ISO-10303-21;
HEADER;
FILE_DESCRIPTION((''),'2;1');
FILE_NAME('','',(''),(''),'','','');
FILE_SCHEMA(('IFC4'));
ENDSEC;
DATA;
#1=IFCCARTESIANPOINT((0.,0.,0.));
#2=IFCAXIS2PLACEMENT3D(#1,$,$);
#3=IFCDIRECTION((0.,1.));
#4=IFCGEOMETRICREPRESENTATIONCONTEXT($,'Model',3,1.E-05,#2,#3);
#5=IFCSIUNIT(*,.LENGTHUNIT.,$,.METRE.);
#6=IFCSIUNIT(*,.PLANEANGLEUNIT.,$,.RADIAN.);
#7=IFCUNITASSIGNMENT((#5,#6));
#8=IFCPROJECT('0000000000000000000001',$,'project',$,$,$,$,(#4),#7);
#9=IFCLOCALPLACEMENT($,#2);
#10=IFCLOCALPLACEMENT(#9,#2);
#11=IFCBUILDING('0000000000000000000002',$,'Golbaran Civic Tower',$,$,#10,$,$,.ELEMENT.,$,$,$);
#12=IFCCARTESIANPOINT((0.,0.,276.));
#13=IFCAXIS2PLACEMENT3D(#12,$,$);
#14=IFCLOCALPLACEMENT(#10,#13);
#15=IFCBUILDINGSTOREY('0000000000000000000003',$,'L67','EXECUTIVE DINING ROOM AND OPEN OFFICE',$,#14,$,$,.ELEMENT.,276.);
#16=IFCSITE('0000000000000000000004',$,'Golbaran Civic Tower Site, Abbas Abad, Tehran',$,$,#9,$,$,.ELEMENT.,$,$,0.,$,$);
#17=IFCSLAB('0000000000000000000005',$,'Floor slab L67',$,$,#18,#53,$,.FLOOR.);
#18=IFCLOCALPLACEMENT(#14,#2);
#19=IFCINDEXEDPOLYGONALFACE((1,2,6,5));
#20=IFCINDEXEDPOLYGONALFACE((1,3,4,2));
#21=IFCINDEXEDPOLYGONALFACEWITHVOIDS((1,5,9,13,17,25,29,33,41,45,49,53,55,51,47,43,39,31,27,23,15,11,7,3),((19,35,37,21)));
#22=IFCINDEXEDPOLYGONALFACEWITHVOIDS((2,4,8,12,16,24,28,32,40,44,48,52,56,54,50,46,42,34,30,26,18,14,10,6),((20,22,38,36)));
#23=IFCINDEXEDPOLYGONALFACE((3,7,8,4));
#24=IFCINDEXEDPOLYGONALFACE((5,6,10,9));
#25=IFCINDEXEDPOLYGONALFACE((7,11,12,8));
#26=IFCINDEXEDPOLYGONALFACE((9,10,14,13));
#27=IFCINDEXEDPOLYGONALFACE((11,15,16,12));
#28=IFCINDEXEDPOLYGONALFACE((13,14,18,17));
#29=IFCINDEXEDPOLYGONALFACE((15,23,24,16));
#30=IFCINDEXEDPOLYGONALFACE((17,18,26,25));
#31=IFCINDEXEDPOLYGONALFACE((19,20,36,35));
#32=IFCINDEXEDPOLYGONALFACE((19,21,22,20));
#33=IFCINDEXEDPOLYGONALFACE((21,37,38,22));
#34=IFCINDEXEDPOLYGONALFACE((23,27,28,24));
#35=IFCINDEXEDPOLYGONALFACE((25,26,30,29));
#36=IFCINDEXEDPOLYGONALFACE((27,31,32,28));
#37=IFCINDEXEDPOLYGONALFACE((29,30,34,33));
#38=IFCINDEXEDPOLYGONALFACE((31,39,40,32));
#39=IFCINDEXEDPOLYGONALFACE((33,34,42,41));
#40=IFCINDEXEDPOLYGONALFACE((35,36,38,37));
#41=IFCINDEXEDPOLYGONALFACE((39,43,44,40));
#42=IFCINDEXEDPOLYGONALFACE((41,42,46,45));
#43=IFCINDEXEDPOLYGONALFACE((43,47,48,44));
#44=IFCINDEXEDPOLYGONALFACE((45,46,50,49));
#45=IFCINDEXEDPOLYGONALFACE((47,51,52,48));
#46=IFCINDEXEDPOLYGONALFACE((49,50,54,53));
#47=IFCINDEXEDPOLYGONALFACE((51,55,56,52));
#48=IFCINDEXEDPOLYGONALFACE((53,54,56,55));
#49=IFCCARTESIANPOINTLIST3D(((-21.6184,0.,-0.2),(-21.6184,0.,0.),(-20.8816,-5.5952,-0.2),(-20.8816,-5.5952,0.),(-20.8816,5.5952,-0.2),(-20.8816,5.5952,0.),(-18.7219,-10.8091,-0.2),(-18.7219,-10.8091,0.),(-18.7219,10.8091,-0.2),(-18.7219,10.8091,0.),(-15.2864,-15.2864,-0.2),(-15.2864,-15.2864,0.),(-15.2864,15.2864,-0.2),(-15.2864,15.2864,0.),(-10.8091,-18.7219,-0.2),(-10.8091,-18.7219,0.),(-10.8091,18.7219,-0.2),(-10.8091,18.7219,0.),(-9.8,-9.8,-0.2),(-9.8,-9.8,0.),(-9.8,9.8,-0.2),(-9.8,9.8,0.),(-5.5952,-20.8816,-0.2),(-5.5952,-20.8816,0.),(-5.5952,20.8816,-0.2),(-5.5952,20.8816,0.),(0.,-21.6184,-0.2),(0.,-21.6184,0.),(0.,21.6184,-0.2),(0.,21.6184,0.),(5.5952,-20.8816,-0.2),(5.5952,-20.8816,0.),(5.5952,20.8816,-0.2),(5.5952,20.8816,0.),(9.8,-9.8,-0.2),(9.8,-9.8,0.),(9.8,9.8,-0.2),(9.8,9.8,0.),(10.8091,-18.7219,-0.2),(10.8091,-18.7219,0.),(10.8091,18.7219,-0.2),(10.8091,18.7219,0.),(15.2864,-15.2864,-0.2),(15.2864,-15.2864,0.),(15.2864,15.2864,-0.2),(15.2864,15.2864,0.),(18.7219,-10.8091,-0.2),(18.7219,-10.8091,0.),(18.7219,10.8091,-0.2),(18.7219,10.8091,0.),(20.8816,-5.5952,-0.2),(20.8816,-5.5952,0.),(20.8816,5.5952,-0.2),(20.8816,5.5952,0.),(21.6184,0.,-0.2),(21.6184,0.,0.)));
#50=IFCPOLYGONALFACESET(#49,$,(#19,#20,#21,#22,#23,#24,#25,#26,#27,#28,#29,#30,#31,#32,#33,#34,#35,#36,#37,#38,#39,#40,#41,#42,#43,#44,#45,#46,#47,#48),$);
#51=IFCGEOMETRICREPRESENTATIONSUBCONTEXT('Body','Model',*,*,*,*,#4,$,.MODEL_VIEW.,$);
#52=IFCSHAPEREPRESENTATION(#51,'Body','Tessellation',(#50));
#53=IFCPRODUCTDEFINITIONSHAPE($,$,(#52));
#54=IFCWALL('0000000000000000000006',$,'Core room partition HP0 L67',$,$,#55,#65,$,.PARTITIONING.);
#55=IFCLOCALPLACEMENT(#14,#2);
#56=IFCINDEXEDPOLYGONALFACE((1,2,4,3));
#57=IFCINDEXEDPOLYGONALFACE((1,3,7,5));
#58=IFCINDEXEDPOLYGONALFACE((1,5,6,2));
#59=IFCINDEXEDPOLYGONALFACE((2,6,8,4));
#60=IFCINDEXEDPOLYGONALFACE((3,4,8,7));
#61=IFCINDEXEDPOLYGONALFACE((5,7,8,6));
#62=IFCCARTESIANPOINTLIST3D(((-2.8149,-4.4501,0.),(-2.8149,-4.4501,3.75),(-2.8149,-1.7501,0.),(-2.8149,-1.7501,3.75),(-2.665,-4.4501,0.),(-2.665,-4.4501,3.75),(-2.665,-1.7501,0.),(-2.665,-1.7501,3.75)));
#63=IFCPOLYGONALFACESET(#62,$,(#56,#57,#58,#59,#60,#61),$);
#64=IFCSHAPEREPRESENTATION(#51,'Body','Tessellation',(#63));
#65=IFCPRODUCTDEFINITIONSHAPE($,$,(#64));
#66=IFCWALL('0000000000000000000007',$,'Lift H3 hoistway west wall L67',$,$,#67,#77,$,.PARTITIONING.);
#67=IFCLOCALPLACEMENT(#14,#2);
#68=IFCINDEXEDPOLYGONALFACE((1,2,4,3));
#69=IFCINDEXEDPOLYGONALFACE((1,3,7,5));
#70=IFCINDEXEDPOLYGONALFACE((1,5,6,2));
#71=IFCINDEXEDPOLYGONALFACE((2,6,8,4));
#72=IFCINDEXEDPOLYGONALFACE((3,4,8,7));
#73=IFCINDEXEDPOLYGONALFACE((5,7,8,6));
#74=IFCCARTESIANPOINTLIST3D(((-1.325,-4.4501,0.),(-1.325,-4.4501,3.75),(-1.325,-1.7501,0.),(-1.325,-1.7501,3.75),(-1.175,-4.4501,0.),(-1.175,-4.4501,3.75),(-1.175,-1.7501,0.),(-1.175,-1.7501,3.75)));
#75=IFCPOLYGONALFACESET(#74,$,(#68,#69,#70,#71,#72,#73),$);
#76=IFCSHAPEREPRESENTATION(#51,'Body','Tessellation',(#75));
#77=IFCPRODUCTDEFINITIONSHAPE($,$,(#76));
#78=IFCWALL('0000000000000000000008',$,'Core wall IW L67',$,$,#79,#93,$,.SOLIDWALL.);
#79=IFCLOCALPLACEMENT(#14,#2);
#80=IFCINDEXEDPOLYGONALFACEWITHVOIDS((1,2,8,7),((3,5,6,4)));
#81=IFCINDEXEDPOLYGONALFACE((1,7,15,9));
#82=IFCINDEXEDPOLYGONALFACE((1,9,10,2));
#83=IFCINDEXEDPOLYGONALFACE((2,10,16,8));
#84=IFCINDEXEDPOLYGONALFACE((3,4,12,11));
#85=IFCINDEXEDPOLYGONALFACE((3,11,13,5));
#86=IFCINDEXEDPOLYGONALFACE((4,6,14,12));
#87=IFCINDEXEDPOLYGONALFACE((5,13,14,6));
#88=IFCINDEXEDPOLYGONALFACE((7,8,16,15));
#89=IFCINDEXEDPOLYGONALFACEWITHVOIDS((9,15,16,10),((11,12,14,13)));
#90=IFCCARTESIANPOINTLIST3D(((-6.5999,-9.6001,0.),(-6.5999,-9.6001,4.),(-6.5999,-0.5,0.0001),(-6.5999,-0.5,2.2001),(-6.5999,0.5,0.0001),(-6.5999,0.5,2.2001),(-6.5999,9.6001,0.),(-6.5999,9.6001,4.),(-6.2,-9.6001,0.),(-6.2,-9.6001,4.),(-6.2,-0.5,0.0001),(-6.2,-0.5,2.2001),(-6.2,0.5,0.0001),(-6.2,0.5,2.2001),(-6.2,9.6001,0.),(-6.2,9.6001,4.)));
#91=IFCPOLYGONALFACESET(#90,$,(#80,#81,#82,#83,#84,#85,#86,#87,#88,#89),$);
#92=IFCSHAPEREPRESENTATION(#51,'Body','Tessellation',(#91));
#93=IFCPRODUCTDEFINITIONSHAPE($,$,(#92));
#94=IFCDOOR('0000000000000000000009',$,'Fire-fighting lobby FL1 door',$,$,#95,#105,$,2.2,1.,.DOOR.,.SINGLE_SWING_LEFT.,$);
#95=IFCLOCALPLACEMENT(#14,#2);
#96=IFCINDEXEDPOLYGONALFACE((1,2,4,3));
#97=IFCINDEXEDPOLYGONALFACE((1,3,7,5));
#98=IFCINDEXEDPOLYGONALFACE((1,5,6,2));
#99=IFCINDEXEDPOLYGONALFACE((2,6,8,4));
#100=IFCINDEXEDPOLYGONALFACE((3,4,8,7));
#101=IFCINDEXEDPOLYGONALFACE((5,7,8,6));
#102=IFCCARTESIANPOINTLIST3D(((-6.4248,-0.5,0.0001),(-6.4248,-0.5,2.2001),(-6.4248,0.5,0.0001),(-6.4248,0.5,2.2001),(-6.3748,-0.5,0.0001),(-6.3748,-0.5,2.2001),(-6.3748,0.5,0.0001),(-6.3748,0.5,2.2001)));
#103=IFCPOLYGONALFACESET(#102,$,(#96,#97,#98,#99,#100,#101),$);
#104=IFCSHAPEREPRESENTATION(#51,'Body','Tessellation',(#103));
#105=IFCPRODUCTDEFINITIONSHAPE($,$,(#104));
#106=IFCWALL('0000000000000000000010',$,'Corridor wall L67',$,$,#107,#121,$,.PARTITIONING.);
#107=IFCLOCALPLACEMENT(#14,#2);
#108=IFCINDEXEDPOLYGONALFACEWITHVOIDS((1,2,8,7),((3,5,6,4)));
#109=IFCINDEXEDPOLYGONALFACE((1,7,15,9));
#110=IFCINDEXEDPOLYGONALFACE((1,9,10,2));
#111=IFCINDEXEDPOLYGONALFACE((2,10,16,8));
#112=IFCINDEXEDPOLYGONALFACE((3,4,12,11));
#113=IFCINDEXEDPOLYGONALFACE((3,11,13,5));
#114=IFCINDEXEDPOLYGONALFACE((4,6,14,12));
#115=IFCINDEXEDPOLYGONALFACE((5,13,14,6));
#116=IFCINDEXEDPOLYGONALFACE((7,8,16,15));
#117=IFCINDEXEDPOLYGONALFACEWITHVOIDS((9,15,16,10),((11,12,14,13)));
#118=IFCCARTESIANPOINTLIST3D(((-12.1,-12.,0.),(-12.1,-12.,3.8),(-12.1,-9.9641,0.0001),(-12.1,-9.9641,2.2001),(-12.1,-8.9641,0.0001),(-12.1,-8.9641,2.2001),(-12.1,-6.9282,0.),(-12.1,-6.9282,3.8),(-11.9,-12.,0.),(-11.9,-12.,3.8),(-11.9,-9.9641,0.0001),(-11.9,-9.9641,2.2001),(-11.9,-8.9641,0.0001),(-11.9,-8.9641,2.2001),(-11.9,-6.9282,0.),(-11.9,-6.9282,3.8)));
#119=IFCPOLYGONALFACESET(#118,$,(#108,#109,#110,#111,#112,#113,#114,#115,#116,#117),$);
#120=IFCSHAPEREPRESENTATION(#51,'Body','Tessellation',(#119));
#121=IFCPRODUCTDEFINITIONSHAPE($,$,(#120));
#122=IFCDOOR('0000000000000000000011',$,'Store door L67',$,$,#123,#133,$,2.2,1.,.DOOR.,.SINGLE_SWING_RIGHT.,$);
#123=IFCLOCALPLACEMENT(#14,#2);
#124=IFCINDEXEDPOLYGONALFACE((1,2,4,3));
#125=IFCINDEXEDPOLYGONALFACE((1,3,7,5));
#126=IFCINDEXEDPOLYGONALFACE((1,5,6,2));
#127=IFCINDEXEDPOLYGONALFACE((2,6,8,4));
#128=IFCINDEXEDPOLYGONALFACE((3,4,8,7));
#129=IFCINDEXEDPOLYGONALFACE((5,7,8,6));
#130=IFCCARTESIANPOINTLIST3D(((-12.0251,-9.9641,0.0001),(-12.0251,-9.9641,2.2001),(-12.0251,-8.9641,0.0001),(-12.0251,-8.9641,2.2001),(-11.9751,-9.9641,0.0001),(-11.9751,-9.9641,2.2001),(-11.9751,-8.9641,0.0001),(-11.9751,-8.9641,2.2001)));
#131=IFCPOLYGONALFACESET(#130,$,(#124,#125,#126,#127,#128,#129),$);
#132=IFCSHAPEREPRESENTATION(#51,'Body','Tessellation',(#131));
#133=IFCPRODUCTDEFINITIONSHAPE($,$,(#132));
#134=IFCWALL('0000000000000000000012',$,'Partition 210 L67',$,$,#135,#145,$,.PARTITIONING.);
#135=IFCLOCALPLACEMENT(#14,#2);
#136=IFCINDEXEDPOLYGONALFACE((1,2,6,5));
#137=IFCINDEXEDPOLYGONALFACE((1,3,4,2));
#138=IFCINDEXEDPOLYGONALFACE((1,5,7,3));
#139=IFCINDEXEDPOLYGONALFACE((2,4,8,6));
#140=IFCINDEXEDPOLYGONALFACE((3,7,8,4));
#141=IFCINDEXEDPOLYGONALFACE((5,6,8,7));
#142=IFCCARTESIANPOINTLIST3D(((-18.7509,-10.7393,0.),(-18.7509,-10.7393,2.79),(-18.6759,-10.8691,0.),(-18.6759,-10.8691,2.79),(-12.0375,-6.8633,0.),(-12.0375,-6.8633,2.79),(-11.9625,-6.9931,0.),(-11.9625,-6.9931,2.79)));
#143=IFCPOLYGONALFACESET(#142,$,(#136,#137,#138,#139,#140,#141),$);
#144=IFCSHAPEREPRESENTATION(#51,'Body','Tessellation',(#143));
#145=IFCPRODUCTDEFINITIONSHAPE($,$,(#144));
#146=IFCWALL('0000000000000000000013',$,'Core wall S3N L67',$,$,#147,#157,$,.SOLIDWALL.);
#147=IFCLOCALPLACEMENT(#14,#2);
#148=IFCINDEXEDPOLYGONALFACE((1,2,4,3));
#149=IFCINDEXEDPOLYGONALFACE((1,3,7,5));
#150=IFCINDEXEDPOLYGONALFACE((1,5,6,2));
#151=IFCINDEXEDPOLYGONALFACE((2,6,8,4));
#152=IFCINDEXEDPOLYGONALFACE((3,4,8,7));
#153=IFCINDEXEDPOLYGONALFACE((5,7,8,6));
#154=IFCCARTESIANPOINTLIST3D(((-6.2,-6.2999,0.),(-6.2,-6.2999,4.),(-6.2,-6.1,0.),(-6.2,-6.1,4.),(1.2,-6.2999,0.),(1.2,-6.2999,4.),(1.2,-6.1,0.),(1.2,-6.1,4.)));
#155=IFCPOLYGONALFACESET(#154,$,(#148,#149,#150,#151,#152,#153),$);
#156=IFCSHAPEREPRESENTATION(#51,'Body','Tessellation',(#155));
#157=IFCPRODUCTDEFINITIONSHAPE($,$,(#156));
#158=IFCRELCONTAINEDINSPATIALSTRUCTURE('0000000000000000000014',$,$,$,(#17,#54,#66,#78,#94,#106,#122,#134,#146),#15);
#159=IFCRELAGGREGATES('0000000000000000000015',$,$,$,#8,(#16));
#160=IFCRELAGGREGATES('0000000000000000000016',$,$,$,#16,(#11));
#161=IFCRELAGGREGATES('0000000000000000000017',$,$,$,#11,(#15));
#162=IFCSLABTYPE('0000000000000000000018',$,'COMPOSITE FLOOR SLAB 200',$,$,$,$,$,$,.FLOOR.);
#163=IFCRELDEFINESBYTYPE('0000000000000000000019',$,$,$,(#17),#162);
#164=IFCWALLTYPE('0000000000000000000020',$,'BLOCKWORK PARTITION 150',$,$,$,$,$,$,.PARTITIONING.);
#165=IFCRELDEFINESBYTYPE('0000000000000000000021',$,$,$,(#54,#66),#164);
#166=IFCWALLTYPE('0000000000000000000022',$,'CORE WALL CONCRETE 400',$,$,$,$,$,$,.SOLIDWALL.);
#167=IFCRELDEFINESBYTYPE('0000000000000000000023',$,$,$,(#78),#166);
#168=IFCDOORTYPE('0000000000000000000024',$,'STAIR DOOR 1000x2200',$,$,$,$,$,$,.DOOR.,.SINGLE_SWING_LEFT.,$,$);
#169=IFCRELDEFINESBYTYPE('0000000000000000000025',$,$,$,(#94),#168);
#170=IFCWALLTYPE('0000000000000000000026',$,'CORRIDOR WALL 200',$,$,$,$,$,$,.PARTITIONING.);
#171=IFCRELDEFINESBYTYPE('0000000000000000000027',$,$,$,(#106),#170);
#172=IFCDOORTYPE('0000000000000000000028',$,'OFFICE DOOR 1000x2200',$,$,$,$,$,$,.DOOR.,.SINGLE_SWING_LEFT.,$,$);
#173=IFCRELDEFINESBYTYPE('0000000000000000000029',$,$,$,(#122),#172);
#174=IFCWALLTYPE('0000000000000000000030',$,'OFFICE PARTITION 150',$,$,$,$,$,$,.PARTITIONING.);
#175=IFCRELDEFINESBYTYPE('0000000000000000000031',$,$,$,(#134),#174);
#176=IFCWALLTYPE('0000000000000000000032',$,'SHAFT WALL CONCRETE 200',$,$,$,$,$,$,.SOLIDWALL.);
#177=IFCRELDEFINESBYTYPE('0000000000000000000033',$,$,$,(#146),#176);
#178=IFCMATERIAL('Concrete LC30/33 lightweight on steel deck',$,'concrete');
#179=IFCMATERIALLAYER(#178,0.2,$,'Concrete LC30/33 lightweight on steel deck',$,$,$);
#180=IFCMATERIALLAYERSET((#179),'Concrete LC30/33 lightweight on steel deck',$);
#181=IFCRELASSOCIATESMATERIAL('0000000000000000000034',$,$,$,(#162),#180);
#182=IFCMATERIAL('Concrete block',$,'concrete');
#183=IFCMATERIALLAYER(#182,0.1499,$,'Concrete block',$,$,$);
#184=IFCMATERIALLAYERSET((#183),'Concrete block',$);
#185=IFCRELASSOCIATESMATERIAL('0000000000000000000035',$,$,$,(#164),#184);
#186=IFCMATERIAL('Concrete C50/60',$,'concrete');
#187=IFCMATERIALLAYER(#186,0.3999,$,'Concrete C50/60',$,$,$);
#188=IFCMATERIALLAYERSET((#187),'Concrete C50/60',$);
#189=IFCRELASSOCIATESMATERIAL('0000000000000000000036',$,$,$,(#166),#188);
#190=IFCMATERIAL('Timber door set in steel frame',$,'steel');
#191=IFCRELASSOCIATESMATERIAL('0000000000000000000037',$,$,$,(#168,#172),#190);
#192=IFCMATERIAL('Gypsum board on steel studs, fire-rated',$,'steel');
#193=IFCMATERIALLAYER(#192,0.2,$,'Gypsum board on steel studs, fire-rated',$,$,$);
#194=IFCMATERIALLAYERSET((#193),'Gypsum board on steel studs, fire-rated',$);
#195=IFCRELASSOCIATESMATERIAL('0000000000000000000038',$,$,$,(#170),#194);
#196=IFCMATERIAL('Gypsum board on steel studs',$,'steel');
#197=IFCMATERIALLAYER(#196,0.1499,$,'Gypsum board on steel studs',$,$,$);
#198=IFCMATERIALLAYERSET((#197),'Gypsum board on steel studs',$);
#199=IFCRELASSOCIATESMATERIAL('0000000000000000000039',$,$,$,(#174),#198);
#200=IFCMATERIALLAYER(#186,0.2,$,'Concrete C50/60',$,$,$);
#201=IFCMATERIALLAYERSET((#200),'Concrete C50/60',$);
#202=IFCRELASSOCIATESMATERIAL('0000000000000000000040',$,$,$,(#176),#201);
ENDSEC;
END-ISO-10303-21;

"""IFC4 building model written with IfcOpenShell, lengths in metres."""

from ifc_helpers import new_model, si_unit, direction, frame, frame_2d, origin, place, context, subcontext, project, spatial, polyline, rectangle, outline, extrude, material, layer, layer_set, type_object, element, fill, save


model = new_model("IFC4")

# Units and contexts
model_context = context("Model", 3, precision=1e-05, world=origin(), true_north=direction((0.0, 1.0)))
body_context = subcontext(model_context, "Body", "Model", "MODEL_VIEW")
ifc_project = project(units=[si_unit("LENGTHUNIT", "METRE"), si_unit("PLANEANGLEUNIT", "RADIAN")], contexts=[model_context])

# Site, building, storey
site_placement = place(None, origin())
site = spatial("IfcSite", under=ifc_project, at=site_placement, Name="Golbaran Civic Tower Site, Abbas Abad, Tehran", CompositionType="ELEMENT", RefElevation=0.0)
building_placement = place(site_placement, origin())
building = spatial("IfcBuilding", under=site, at=building_placement, Name="Golbaran Civic Tower", CompositionType="ELEMENT")
storey_placement = place(building_placement, frame((0.0, 0.0, 276.0)))
storey = spatial("IfcBuildingStorey", under=building, at=storey_placement, Name="L67", Description="EXECUTIVE DINING ROOM AND OPEN OFFICE", CompositionType="ELEMENT", Elevation=276.0)

# Slab
ifc_material_1 = material(Name="Concrete LC30/33 lightweight on steel deck", Category="concrete")
ifc_layer_1 = layer(ifc_material_1, 0.2, Name="Concrete LC30/33 lightweight on steel deck")
ifc_layer_set_1 = layer_set([ifc_layer_1], Name="Concrete LC30/33 lightweight on steel deck")
slab_type = type_object("IfcSlabType", Name="COMPOSITE FLOOR SLAB 200", PredefinedType="FLOOR", material=ifc_layer_set_1)
slab_placement = place(storey_placement, frame((0.0, 0.0, -0.2)))
element("IfcSlab", 1, at=slab_placement, inside=storey, type_object=slab_type, Name="Floor slab L67", PredefinedType="FLOOR", context=body_context, shape_type="SweptSolid", body=[
    extrude(outline(polyline([(18.7219, -10.8091), (15.2864, -15.2864), (10.8091, -18.7219), (5.5952, -20.8816), (0.0, -21.6184), (-5.5952, -20.8816), (-10.8091, -18.7219), (-15.2864, -15.2864), (-18.7219, -10.8091), (-20.8816, -5.5952), (-21.6184, 0.0), (-20.8816, 5.5952), (-18.7219, 10.8091), (-15.2864, 15.2864), (-10.8091, 18.7219), (-5.5952, 20.8816), (0.0, 21.6184), (5.5952, 20.8816), (10.8091, 18.7219), (15.2864, 15.2864), (18.7219, 10.8091), (20.8816, 5.5952), (21.6184, 0.0), (20.8816, -5.5952), (18.7219, -10.8091)]), holes=[polyline([(-9.8, 9.8), (-9.8, -9.8), (9.8, -9.8), (9.8, 9.8), (-9.8, 9.8)])]), origin(), (0.0, 0.0, 1.0), 0.2),
])

# Walls
ifc_material_2 = material(Name="Concrete block", Category="concrete")
ifc_layer_2 = layer(ifc_material_2, 0.1499, Name="Concrete block")
ifc_layer_set_2 = layer_set([ifc_layer_2], Name="Concrete block")
wall_type_1 = type_object("IfcWallType", Name="BLOCKWORK PARTITION 150", PredefinedType="PARTITIONING", material=ifc_layer_set_2)
for number, where, z_axis, x_axis, name in (
    (2, (-2.74, -1.75, 0.0), (0.0, 0.0, 1.0), (0.0, -1.0, 0.0), "Core room partition HP0 L67"),
    (3, (-1.25, -1.75, 0.0), (0.0, 0.0, 1.0), (0.0, -1.0, 0.0), "Lift H3 hoistway west wall L67"),
):
    element("IfcWall", number, at=place(storey_placement, frame(where, z_axis=z_axis, x_axis=x_axis)), inside=storey, type_object=wall_type_1, Name=name, PredefinedType="PARTITIONING", context=body_context, shape_type="SweptSolid", body=[
        extrude(rectangle(XDim=2.7, YDim=0.1499, at=frame_2d((1.3501, 0.0))), origin(), (0.0, 0.0, 1.0), 3.75),
    ])

# Walls, openings, doors
ifc_material_3 = material(Name="Concrete C50/60", Category="concrete")
ifc_layer_3 = layer(ifc_material_3, 0.3999, Name="Concrete C50/60")
ifc_layer_set_3 = layer_set([ifc_layer_3], Name="Concrete C50/60")
wall_type_2 = type_object("IfcWallType", Name="CORE WALL CONCRETE 400", PredefinedType="SOLIDWALL", material=ifc_layer_set_3)
wall_1_placement = place(storey_placement, frame((-6.3999, -9.6001, 0.0), z_axis=(0.0, 0.0, 1.0), x_axis=(0.0, 1.0, 0.0)))
wall_1 = element("IfcWall", 4, at=wall_1_placement, inside=storey, type_object=wall_type_2, Name="Core wall IW L67", PredefinedType="SOLIDWALL", context=body_context, shape_type="SweptSolid", body=[
    extrude(rectangle(XDim=19.2002, YDim=0.3999, at=frame_2d((9.6001, 0.0))), origin(), (0.0, 0.0, 1.0), 4.0),
])
opening_1_placement = place(wall_1_placement, frame((9.1001, 0.0, 0.0)))
opening_1 = element("IfcOpeningElement", 5, at=opening_1_placement, cuts=wall_1, PredefinedType="OPENING", context=body_context, shape_type="SweptSolid", body=[
    extrude(rectangle(XDim=1.0, YDim=2.2, at=frame_2d((0.5, 1.1001))), frame((0.0, 0.21, 0.0), z_axis=(0.0, -1.0, 0.0), x_axis=(1.0, 0.0, 0.0)), (0.0, 0.0, 1.0), 0.4199),
])
ifc_material_4 = material(Name="Timber door set in steel frame", Category="steel")
door_type_1 = type_object("IfcDoorType", Name="STAIR DOOR 1000x2200", OperationType="SINGLE_SWING_LEFT", PredefinedType="DOOR", material=ifc_material_4)
door_1_placement = place(opening_1_placement, origin())
door_1 = element("IfcDoor", 6, at=door_1_placement, inside=storey, type_object=door_type_1, Name="Fire-fighting lobby FL1 door", OperationType="SINGLE_SWING_LEFT", OverallHeight=2.2, OverallWidth=1.0, PredefinedType="DOOR", context=body_context, shape_type="SweptSolid", body=[
    extrude(rectangle(XDim=1.0, YDim=2.2, at=frame_2d((0.5, 1.1001))), frame((0.0, 0.0249, 0.0), z_axis=(0.0, -1.0, 0.0), x_axis=(1.0, 0.0, 0.0)), (0.0, 0.0, 1.0), 0.05),
])
fill(opening_1, door_1)
ifc_material_5 = material(Name="Gypsum board on steel studs, fire-rated", Category="steel")
ifc_layer_4 = layer(ifc_material_5, 0.2, Name="Gypsum board on steel studs, fire-rated")
ifc_layer_set_4 = layer_set([ifc_layer_4], Name="Gypsum board on steel studs, fire-rated")
wall_type_3 = type_object("IfcWallType", Name="CORRIDOR WALL 200", PredefinedType="PARTITIONING", material=ifc_layer_set_4)
wall_2_placement = place(storey_placement, frame((-12.0, -6.9282, 0.0), z_axis=(0.0, 0.0, 1.0), x_axis=(0.0, -1.0, 0.0)))
wall_2 = element("IfcWall", 7, at=wall_2_placement, inside=storey, type_object=wall_type_3, Name="Corridor wall L67", PredefinedType="PARTITIONING", context=body_context, shape_type="SweptSolid", body=[
    extrude(rectangle(XDim=5.0718, YDim=0.2, at=frame_2d((2.5359, 0.0))), origin(), (0.0, 0.0, 1.0), 3.8),
])
opening_2_placement = place(wall_2_placement, frame((2.0359, 0.0, 0.0)))
opening_2 = element("IfcOpeningElement", 8, at=opening_2_placement, cuts=wall_2, PredefinedType="OPENING", context=body_context, shape_type="SweptSolid", body=[
    extrude(rectangle(XDim=1.0, YDim=2.2, at=frame_2d((0.5, 1.1001))), frame((0.0, 0.1099, 0.0), z_axis=(0.0, -1.0, 0.0), x_axis=(1.0, 0.0, 0.0)), (0.0, 0.0, 1.0), 0.22),
])
door_type_2 = type_object("IfcDoorType", Name="OFFICE DOOR 1000x2200", OperationType="SINGLE_SWING_LEFT", PredefinedType="DOOR", material=ifc_material_4)
door_2_placement = place(opening_2_placement, origin())
door_2 = element("IfcDoor", 9, at=door_2_placement, inside=storey, type_object=door_type_2, Name="Store door L67", OperationType="SINGLE_SWING_RIGHT", OverallHeight=2.2, OverallWidth=1.0, PredefinedType="DOOR", context=body_context, shape_type="SweptSolid", body=[
    extrude(rectangle(XDim=1.0, YDim=2.2, at=frame_2d((0.5, 1.1001))), frame((0.0, 0.0249, 0.0), z_axis=(0.0, -1.0, 0.0), x_axis=(1.0, 0.0, 0.0)), (0.0, 0.0, 1.0), 0.05),
])
fill(opening_2, door_2)

# Walls
ifc_material_6 = material(Name="Gypsum board on steel studs", Category="steel")
ifc_layer_5 = layer(ifc_material_6, 0.1499, Name="Gypsum board on steel studs")
ifc_layer_set_5 = layer_set([ifc_layer_5], Name="Gypsum board on steel studs")
wall_type_4 = type_object("IfcWallType", Name="OFFICE PARTITION 150", PredefinedType="PARTITIONING", material=ifc_layer_set_5)
wall_3_placement = place(storey_placement, frame((-12.0, -6.9282, 0.0), z_axis=(0.0, 0.0, 1.0), x_axis=(-0.866025, -0.500001, 0.0)))
element("IfcWall", 10, at=wall_3_placement, inside=storey, type_object=wall_type_4, Name="Partition 210 L67", PredefinedType="PARTITIONING", context=body_context, shape_type="SweptSolid", body=[
    extrude(rectangle(XDim=7.752, YDim=0.1499, at=frame_2d((3.876, 0.0))), origin(), (0.0, 0.0, 1.0), 2.79),
])
ifc_layer_6 = layer(ifc_material_3, 0.2, Name="Concrete C50/60")
ifc_layer_set_6 = layer_set([ifc_layer_6], Name="Concrete C50/60")
wall_type_5 = type_object("IfcWallType", Name="SHAFT WALL CONCRETE 200", PredefinedType="SOLIDWALL", material=ifc_layer_set_6)
wall_4_placement = place(storey_placement, frame((-6.2, -6.2, 0.0), z_axis=(0.0, 0.0, 1.0), x_axis=(1.0, 0.0, 0.0)))
element("IfcWall", 11, at=wall_4_placement, inside=storey, type_object=wall_type_5, Name="Core wall S3N L67", PredefinedType="SOLIDWALL", context=body_context, shape_type="SweptSolid", body=[
    extrude(rectangle(XDim=7.3999, YDim=0.2, at=frame_2d((3.7, 0.0))), origin(), (0.0, 0.0, 1.0), 4.0),
])

save(model, "model.ifc")
